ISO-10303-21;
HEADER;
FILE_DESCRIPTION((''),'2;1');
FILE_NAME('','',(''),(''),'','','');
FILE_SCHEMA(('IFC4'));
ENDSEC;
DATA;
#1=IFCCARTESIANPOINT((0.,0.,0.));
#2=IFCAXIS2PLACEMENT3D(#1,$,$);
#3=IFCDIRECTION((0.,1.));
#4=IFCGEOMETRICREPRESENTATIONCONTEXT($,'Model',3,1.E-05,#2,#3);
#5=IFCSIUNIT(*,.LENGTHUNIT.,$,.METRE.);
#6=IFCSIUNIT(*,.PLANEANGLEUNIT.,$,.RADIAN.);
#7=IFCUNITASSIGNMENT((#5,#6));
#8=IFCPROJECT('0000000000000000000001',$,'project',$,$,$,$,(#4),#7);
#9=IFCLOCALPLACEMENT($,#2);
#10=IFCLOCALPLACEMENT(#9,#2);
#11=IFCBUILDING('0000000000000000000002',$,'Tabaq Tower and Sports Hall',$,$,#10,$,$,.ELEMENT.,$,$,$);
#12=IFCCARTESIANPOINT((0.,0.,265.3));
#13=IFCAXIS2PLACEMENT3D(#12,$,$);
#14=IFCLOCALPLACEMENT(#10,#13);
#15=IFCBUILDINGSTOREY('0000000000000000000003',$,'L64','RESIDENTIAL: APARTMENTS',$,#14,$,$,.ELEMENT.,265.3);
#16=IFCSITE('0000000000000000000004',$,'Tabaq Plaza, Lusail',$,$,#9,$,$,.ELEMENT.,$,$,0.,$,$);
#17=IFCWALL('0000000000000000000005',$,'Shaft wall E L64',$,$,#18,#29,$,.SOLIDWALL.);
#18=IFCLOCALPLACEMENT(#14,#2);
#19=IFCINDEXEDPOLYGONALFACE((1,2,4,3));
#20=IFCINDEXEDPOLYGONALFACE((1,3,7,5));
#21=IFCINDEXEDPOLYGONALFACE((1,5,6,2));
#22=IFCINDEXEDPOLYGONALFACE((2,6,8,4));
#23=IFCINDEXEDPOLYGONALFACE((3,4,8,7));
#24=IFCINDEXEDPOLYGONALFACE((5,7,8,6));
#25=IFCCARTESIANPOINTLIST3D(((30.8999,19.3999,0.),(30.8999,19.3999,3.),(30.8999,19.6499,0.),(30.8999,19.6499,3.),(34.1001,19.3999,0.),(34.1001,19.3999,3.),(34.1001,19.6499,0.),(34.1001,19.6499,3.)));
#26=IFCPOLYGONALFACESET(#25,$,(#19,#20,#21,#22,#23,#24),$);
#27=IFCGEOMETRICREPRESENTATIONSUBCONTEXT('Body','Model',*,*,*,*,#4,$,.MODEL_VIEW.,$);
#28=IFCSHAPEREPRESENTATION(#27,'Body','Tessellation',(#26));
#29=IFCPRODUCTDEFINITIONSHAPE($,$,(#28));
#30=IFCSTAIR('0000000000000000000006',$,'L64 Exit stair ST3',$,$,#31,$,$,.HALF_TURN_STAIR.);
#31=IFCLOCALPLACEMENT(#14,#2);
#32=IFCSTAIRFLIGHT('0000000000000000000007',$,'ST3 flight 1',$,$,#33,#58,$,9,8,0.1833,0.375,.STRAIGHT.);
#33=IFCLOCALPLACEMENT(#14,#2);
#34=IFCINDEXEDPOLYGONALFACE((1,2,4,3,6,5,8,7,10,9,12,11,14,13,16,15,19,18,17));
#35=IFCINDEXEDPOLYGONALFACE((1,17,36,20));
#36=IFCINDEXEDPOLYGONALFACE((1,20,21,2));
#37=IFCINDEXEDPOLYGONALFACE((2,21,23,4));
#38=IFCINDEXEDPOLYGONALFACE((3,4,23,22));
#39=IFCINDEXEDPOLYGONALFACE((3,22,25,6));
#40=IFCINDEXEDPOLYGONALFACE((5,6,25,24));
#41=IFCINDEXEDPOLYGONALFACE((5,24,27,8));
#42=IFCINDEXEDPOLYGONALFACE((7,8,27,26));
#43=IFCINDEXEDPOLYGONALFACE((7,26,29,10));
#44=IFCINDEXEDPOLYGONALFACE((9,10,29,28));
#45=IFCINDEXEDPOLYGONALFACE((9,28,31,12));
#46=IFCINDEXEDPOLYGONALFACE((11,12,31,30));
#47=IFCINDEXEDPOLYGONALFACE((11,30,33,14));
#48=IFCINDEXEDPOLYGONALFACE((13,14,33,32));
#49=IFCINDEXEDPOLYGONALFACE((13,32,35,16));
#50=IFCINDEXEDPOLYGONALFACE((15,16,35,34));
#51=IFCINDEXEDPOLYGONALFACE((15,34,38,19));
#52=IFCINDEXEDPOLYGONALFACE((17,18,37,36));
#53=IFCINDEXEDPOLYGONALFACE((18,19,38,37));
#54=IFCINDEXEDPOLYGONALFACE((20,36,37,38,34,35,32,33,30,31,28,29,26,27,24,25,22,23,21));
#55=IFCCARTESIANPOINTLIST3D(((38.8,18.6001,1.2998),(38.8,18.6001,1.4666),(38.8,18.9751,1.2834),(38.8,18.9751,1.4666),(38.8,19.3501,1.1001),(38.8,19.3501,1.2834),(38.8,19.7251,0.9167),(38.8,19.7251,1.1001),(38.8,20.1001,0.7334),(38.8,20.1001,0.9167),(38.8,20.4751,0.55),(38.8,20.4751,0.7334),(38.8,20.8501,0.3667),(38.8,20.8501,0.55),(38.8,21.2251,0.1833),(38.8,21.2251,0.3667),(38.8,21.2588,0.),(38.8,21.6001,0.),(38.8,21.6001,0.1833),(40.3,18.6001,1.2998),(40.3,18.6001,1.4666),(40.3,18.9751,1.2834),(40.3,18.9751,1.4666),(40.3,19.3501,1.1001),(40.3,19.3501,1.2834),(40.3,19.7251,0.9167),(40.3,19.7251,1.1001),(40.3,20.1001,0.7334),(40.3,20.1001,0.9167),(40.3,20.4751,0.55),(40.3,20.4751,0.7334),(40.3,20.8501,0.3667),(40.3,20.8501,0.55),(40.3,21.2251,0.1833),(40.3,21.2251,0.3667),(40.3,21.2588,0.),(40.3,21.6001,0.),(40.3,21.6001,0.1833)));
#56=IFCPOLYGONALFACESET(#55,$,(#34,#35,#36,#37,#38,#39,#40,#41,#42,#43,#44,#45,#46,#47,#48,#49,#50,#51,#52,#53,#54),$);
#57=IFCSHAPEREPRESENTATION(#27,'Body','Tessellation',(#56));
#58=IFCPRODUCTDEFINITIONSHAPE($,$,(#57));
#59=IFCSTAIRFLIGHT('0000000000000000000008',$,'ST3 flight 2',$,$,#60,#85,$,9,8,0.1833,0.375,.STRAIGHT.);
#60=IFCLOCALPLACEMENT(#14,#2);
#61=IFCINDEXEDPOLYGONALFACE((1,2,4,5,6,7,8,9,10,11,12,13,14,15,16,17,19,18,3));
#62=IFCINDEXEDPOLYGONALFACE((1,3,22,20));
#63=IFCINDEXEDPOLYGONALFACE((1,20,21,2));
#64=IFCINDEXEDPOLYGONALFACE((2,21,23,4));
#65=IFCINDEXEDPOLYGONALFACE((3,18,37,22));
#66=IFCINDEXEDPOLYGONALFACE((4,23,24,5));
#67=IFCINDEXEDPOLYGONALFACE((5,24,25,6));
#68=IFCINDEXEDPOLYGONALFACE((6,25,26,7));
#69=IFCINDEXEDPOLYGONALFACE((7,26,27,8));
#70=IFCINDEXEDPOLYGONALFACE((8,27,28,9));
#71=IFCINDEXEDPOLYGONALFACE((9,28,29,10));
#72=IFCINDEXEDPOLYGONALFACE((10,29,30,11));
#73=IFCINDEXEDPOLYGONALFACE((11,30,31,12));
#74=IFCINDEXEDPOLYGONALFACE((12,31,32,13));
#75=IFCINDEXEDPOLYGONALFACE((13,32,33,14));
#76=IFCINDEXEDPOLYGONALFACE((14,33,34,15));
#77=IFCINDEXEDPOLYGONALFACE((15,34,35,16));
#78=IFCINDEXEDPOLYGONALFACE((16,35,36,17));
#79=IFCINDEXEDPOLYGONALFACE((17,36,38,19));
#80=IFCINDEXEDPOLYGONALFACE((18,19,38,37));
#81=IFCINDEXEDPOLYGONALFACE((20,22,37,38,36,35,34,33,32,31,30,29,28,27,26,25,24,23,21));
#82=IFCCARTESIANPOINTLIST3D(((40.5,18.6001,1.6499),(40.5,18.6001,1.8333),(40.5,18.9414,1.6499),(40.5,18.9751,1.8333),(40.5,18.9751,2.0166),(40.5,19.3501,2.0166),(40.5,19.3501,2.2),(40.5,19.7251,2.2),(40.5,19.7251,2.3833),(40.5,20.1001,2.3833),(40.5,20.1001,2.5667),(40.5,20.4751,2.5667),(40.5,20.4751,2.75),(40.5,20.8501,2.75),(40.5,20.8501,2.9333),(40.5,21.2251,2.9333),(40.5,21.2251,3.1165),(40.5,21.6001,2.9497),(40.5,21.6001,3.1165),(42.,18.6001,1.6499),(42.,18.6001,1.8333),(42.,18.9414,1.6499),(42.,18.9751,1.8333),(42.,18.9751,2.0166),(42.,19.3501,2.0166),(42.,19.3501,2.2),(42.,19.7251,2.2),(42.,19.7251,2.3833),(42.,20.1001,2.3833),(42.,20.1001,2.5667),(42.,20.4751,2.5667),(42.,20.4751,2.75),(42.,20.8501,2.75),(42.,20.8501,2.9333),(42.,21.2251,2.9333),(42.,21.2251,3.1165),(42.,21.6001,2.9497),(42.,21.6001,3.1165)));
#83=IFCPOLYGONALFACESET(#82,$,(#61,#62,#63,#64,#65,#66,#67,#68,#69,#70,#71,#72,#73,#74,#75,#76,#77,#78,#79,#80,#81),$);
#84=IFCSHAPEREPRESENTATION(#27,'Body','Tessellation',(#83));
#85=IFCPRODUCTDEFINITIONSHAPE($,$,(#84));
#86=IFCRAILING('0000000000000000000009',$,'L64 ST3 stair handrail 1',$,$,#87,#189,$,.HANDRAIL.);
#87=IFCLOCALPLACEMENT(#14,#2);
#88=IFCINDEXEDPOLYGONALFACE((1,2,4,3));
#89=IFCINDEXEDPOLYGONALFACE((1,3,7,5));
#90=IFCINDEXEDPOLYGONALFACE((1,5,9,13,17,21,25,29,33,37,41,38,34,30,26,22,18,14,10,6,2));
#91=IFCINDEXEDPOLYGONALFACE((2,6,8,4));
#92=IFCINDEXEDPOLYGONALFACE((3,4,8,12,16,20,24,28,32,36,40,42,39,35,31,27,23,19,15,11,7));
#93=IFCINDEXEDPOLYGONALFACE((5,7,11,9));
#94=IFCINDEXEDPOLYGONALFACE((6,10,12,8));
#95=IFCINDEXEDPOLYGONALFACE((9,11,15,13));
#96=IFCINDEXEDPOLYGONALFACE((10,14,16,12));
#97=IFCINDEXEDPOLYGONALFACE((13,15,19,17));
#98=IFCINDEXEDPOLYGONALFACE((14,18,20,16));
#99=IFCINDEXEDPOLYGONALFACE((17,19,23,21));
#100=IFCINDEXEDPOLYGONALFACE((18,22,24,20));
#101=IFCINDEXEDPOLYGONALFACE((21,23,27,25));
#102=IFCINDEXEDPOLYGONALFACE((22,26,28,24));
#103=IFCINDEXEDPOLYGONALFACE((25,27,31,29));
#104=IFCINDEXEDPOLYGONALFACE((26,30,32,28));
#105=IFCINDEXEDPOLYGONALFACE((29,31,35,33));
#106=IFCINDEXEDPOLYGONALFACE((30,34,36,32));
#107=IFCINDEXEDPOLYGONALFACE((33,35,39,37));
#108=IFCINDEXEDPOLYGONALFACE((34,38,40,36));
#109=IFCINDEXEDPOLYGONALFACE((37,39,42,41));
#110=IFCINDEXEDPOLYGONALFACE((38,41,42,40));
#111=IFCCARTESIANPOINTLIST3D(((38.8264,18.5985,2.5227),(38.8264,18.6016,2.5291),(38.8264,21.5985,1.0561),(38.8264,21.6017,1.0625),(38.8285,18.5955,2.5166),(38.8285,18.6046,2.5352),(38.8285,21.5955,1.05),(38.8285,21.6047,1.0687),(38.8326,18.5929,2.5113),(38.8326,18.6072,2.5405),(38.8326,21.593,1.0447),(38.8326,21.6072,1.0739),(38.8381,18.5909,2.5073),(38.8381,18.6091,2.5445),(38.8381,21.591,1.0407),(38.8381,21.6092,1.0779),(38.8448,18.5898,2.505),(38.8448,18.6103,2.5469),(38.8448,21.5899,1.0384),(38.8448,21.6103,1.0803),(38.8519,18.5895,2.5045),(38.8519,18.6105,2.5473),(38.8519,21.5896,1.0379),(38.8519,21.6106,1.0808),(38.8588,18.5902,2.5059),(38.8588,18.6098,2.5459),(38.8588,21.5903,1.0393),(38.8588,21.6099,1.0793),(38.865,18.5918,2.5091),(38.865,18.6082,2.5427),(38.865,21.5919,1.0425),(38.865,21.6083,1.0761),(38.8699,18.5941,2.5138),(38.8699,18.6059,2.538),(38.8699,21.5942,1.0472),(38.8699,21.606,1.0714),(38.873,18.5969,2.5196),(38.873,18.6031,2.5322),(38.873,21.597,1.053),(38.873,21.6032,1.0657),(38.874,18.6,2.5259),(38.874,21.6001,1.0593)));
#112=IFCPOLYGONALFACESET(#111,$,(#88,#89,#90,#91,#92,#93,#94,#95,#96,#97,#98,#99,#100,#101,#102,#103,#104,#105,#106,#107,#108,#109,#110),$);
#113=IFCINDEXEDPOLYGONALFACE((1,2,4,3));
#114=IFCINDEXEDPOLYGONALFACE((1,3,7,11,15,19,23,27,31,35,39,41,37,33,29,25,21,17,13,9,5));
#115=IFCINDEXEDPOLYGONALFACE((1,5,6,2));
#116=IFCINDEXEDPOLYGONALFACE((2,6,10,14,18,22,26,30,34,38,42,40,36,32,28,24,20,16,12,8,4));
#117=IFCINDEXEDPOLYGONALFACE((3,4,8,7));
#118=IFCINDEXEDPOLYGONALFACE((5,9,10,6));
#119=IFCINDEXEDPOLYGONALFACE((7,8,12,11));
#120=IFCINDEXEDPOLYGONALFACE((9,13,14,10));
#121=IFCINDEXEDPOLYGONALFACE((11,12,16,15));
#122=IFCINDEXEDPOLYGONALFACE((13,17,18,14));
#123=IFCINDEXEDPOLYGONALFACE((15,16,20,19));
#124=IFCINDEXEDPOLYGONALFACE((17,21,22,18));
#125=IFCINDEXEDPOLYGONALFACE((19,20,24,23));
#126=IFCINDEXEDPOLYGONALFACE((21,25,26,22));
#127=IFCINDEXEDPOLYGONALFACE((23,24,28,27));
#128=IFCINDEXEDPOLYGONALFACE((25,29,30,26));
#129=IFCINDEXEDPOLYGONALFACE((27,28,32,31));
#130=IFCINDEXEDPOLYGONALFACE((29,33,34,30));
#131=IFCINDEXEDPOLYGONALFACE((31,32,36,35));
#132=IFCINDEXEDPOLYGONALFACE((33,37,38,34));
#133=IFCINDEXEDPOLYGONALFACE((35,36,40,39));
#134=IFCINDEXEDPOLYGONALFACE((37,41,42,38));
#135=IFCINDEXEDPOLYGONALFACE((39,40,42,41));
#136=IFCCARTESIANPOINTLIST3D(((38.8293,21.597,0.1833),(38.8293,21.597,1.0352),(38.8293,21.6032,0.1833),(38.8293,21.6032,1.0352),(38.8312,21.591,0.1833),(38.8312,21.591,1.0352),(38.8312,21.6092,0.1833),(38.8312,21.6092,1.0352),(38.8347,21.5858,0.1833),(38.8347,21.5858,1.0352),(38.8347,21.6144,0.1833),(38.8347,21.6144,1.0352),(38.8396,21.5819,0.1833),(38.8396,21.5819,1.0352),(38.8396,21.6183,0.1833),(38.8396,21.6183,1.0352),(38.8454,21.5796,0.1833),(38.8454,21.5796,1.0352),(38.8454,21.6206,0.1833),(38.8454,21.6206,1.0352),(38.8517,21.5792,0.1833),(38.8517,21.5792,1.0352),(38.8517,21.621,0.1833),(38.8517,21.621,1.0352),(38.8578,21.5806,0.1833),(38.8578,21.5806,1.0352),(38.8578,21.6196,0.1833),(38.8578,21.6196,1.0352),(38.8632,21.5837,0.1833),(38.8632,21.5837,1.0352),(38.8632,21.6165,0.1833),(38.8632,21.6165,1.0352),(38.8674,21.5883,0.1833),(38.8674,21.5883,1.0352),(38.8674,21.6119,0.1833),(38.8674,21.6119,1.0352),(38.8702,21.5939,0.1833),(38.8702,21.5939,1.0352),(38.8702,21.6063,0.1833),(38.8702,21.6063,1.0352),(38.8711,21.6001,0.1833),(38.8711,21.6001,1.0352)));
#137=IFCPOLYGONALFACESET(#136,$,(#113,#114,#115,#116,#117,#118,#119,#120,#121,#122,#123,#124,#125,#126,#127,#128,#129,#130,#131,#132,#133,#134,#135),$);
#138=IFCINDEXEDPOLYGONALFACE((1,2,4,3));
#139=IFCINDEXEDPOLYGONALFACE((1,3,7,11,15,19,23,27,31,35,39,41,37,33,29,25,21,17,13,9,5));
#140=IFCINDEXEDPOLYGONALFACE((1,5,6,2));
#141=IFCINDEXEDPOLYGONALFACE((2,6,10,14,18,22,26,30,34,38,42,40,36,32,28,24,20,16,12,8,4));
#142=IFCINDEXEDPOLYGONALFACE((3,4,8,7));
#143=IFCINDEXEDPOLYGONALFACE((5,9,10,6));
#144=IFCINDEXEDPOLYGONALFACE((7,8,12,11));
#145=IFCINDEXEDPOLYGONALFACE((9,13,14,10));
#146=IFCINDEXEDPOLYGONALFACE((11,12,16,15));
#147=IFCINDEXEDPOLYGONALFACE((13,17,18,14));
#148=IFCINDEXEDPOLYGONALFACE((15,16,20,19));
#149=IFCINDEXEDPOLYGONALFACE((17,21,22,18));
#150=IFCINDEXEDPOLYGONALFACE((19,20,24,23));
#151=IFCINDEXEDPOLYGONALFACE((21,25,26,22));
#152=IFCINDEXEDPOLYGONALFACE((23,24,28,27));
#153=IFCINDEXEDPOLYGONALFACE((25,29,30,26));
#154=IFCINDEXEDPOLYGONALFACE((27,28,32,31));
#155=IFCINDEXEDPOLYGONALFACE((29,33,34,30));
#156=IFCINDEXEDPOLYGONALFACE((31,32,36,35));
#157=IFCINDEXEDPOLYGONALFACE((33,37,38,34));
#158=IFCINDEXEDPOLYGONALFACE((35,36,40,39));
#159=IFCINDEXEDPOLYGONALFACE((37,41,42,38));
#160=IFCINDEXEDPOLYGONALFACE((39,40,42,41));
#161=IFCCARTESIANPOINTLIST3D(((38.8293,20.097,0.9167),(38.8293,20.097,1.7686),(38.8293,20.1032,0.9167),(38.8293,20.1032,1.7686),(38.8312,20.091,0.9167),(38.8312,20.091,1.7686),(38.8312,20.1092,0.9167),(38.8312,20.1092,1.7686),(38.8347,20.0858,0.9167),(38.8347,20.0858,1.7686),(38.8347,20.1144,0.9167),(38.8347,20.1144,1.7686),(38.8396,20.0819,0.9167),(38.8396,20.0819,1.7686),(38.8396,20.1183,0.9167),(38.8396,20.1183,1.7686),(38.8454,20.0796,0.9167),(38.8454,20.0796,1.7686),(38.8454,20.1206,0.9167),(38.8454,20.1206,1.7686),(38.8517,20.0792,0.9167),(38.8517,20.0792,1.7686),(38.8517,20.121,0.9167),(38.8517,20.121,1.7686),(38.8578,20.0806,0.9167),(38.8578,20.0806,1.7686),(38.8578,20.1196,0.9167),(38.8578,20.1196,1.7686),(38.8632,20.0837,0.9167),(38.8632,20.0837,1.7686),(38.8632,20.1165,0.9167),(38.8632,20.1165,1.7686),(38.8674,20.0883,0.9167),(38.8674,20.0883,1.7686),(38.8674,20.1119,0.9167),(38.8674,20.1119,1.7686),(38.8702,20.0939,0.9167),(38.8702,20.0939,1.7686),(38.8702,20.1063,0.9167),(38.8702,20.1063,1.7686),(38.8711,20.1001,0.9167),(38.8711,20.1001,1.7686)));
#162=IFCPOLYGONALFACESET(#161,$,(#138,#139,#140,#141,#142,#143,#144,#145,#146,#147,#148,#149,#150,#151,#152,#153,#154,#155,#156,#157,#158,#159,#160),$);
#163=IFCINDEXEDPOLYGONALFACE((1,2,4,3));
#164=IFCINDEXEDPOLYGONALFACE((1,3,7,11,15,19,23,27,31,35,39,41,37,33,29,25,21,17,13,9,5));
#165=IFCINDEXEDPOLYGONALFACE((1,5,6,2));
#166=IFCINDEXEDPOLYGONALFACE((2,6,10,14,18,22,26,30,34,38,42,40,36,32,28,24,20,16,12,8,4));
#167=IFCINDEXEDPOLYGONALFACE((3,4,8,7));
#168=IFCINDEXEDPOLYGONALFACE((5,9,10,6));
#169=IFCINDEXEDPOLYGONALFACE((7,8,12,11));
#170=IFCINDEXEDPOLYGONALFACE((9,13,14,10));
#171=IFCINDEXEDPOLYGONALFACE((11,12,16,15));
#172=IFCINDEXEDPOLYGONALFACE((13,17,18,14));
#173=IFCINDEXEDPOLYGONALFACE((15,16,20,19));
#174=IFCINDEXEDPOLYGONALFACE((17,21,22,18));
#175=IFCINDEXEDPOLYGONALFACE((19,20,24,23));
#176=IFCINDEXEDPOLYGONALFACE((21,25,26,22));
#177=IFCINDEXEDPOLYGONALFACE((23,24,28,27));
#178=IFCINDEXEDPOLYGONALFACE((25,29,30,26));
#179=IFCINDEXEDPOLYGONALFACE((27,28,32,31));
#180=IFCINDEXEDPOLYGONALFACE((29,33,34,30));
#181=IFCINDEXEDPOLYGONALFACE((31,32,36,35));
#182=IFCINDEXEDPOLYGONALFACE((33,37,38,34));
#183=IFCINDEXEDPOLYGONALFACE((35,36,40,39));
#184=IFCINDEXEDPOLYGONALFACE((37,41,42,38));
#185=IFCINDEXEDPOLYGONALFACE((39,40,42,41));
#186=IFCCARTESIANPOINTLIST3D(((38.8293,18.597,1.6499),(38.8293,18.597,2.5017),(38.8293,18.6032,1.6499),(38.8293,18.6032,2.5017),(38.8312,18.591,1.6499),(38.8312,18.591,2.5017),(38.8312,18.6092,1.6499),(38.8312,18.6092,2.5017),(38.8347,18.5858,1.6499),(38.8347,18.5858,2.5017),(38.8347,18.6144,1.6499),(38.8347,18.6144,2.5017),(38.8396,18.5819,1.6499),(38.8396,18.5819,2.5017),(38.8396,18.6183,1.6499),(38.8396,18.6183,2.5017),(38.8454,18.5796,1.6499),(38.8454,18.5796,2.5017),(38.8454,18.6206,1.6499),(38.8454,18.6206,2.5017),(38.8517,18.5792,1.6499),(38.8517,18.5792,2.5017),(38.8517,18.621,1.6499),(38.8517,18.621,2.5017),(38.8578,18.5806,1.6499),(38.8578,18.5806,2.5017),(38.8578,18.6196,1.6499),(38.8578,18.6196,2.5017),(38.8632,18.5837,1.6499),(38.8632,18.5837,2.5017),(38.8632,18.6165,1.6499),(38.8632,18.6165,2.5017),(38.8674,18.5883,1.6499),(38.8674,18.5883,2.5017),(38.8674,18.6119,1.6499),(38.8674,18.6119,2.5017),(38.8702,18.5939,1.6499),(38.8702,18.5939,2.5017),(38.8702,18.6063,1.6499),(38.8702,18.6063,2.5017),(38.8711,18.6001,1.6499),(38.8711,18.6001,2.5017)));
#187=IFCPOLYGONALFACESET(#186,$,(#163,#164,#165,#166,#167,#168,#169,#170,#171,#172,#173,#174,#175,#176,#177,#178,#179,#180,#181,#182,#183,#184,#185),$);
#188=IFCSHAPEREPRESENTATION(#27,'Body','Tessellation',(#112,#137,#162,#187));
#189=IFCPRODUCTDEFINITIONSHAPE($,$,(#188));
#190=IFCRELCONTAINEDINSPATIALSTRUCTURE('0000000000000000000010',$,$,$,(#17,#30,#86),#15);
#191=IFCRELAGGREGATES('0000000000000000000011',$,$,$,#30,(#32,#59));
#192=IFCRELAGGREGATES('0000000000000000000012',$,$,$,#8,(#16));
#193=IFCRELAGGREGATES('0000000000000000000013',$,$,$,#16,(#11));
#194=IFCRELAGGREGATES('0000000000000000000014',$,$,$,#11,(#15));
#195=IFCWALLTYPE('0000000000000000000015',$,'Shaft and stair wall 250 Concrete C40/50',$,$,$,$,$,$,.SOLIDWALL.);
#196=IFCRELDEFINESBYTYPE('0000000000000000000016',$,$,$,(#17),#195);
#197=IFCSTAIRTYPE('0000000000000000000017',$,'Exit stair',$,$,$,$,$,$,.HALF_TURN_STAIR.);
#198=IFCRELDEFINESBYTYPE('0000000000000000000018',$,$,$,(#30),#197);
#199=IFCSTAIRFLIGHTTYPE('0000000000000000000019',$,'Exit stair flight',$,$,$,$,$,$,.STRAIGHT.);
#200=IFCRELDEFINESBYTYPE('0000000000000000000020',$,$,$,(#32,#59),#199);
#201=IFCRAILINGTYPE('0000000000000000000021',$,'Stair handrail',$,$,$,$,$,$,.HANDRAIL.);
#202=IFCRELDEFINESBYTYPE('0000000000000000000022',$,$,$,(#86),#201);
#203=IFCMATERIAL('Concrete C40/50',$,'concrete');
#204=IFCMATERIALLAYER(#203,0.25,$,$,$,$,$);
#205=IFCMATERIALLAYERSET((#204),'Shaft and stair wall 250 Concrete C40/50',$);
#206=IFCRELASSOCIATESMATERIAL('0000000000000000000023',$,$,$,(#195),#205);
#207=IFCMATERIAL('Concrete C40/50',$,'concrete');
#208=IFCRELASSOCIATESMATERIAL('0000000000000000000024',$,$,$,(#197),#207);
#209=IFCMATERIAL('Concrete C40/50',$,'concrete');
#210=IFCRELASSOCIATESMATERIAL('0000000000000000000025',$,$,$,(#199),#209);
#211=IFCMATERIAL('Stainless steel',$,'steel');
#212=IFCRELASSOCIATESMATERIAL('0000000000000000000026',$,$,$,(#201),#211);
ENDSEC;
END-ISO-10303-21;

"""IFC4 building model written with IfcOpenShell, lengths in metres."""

from ifc_helpers import new_model, si_unit, direction, frame, frame_2d, origin, origin_2d, place, context, subcontext, project, spatial, polyline, rectangle, circle, outline, extrude, material, layer, layer_set, type_object, element, aggregate, save


model = new_model("IFC4")

# Units and contexts
model_context = context("Model", 3, precision=1e-05, world=origin(), true_north=direction((0.0, 1.0)))
body_context = subcontext(model_context, "Body", "Model", "MODEL_VIEW")
ifc_project = project(units=[si_unit("LENGTHUNIT", "METRE"), si_unit("PLANEANGLEUNIT", "RADIAN")], contexts=[model_context])

# Site, building, storey
site_placement = place(None, origin())
site = spatial("IfcSite", under=ifc_project, at=site_placement, Name="Tabaq Plaza, Lusail", CompositionType="ELEMENT", RefElevation=0.0)
building_placement = place(site_placement, origin())
building = spatial("IfcBuilding", under=site, at=building_placement, Name="Tabaq Tower and Sports Hall", CompositionType="ELEMENT")
storey_placement = place(building_placement, frame((0.0, 0.0, 265.3)))
storey = spatial("IfcBuildingStorey", under=building, at=storey_placement, Name="L64", Description="RESIDENTIAL: APARTMENTS", CompositionType="ELEMENT", Elevation=265.3)

# Shared definitions
ifc_material_1 = material(Name="Concrete C40/50", Category="concrete")
ifc_layer = layer(ifc_material_1, 0.25)
ifc_layer_set = layer_set([ifc_layer], Name="Shaft and stair wall 250 Concrete C40/50")
wall_type = type_object("IfcWallType", Name="Shaft and stair wall 250 Concrete C40/50", PredefinedType="SOLIDWALL", material=ifc_layer_set)

# Wall
wall_1_placement = place(storey_placement, frame((30.8999, 19.5249, 0.0), z_axis=(0.0, 0.0, 1.0), x_axis=(1.0, 0.0, 0.0)))
element("IfcWall", 1, at=wall_1_placement, inside=storey, type_object=wall_type, Name="Shaft wall E L64", PredefinedType="SOLIDWALL", context=body_context, shape_type="SweptSolid", body=[
    extrude(rectangle(XDim=3.2002, YDim=0.25, at=frame_2d((1.6001, 0.0))), origin(), (0.0, 0.0, 1.0), 3.0),
])

# Stair, stair flights
ifc_material_2 = material(Name="Concrete C40/50", Category="concrete")
stair_type = type_object("IfcStairType", Name="Exit stair", PredefinedType="HALF_TURN_STAIR", material=ifc_material_2)
stair_placement = place(storey_placement, origin())
stair = element("IfcStair", 2, at=stair_placement, inside=storey, type_object=stair_type, Name="L64 Exit stair ST3", PredefinedType="HALF_TURN_STAIR")
ifc_material_3 = material(Name="Concrete C40/50", Category="concrete")
stair_flight_type = type_object("IfcStairFlightType", Name="Exit stair flight", PredefinedType="STRAIGHT", material=ifc_material_3)
stair_flight_1_placement = place(storey_placement, frame((39.55, 21.6001, 0.0), z_axis=(0.0, 0.0, 1.0), x_axis=(0.0, -1.0, 0.0)))
stair_flight_1 = element("IfcStairFlight", 3, at=stair_flight_1_placement, type_object=stair_flight_type, Name="ST3 flight 1", NumberOfRisers=9, NumberOfTreads=8, PredefinedType="STRAIGHT", RiserHeight=0.1833, TreadLength=0.375, context=body_context, shape_type="SweptSolid", body=[
    extrude(outline(polyline([(0.0, 0.0), (0.0, 0.1833), (0.375, 0.1833), (0.375, 0.3667), (0.75, 0.3667), (0.75, 0.55), (1.125, 0.55), (1.125, 0.7334), (1.5, 0.7334), (1.5, 0.9167), (1.875, 0.9167), (1.875, 1.1001), (2.25, 1.1001), (2.25, 1.2834), (2.625, 1.2834), (2.625, 1.4666), (3.0, 1.4666), (3.0, 1.6499), (3.0, 1.2998), (0.3413, 0.0), (0.0, 0.0)])), frame((0.0, 0.75, 0.0), z_axis=(0.0, -1.0, 0.0), x_axis=(1.0, 0.0, 0.0)), (0.0, 0.0, 1.0), 1.5),
])
stair_flight_2_placement = place(storey_placement, frame((41.25, 18.6001, 1.6499), z_axis=(0.0, 0.0, 1.0), x_axis=(0.0, 1.0, 0.0)))
stair_flight_2 = element("IfcStairFlight", 4, at=stair_flight_2_placement, type_object=stair_flight_type, Name="ST3 flight 2", NumberOfRisers=9, NumberOfTreads=8, PredefinedType="STRAIGHT", RiserHeight=0.1833, TreadLength=0.375, context=body_context, shape_type="SweptSolid", body=[
    extrude(outline(polyline([(0.0, 0.0), (0.0, 0.1833), (0.375, 0.1833), (0.375, 0.3667), (0.75, 0.3667), (0.75, 0.55), (1.125, 0.55), (1.125, 0.7334), (1.5, 0.7334), (1.5, 0.9167), (1.875, 0.9167), (1.875, 1.1001), (2.25, 1.1001), (2.25, 1.2834), (2.625, 1.2834), (2.625, 1.4666), (3.0, 1.4666), (3.0, 1.6499), (3.0, 1.2998), (0.3413, 0.0), (0.0, 0.0)])), frame((0.0, 0.75, 0.0), z_axis=(0.0, -1.0, 0.0), x_axis=(1.0, 0.0, 0.0)), (0.0, 0.0, 1.0), 1.5),
])
aggregate(stair, [stair_flight_1, stair_flight_2])

# Railing
ifc_material_4 = material(Name="Stainless steel", Category="steel")
railing_type_1 = type_object("IfcRailingType", Name="Stair handrail", PredefinedType="HANDRAIL", material=ifc_material_4)
railing_1_placement = place(storey_placement, frame((38.8501, 21.6001, 0.1833)))
element("IfcRailing", 5, at=railing_1_placement, inside=storey, type_object=railing_type_1, Name="L64 ST3 stair handrail 1", PredefinedType="HANDRAIL", context=body_context, shape_type="SweptSolid", body=[
    extrude(circle(Radius=0.0239, at=origin_2d()), frame((0.0, 0.0, 0.876), z_axis=(0.0, -0.898398, 0.439183), x_axis=(1.0, 0.0, 0.0)), (0.0, 0.0, 1.0), 3.3394),
    extrude(circle(Radius=0.021, at=origin_2d()), origin(), (0.0, 0.0, 1.0), 0.8518),
    extrude(circle(Radius=0.021, at=origin_2d()), frame((0.0, -1.5, 0.7334)), (0.0, 0.0, 1.0), 0.8518),
    extrude(circle(Radius=0.021, at=origin_2d()), frame((0.0, -3.0, 1.4666)), (0.0, 0.0, 1.0), 0.8518),
])

save(model, "model.ifc")
